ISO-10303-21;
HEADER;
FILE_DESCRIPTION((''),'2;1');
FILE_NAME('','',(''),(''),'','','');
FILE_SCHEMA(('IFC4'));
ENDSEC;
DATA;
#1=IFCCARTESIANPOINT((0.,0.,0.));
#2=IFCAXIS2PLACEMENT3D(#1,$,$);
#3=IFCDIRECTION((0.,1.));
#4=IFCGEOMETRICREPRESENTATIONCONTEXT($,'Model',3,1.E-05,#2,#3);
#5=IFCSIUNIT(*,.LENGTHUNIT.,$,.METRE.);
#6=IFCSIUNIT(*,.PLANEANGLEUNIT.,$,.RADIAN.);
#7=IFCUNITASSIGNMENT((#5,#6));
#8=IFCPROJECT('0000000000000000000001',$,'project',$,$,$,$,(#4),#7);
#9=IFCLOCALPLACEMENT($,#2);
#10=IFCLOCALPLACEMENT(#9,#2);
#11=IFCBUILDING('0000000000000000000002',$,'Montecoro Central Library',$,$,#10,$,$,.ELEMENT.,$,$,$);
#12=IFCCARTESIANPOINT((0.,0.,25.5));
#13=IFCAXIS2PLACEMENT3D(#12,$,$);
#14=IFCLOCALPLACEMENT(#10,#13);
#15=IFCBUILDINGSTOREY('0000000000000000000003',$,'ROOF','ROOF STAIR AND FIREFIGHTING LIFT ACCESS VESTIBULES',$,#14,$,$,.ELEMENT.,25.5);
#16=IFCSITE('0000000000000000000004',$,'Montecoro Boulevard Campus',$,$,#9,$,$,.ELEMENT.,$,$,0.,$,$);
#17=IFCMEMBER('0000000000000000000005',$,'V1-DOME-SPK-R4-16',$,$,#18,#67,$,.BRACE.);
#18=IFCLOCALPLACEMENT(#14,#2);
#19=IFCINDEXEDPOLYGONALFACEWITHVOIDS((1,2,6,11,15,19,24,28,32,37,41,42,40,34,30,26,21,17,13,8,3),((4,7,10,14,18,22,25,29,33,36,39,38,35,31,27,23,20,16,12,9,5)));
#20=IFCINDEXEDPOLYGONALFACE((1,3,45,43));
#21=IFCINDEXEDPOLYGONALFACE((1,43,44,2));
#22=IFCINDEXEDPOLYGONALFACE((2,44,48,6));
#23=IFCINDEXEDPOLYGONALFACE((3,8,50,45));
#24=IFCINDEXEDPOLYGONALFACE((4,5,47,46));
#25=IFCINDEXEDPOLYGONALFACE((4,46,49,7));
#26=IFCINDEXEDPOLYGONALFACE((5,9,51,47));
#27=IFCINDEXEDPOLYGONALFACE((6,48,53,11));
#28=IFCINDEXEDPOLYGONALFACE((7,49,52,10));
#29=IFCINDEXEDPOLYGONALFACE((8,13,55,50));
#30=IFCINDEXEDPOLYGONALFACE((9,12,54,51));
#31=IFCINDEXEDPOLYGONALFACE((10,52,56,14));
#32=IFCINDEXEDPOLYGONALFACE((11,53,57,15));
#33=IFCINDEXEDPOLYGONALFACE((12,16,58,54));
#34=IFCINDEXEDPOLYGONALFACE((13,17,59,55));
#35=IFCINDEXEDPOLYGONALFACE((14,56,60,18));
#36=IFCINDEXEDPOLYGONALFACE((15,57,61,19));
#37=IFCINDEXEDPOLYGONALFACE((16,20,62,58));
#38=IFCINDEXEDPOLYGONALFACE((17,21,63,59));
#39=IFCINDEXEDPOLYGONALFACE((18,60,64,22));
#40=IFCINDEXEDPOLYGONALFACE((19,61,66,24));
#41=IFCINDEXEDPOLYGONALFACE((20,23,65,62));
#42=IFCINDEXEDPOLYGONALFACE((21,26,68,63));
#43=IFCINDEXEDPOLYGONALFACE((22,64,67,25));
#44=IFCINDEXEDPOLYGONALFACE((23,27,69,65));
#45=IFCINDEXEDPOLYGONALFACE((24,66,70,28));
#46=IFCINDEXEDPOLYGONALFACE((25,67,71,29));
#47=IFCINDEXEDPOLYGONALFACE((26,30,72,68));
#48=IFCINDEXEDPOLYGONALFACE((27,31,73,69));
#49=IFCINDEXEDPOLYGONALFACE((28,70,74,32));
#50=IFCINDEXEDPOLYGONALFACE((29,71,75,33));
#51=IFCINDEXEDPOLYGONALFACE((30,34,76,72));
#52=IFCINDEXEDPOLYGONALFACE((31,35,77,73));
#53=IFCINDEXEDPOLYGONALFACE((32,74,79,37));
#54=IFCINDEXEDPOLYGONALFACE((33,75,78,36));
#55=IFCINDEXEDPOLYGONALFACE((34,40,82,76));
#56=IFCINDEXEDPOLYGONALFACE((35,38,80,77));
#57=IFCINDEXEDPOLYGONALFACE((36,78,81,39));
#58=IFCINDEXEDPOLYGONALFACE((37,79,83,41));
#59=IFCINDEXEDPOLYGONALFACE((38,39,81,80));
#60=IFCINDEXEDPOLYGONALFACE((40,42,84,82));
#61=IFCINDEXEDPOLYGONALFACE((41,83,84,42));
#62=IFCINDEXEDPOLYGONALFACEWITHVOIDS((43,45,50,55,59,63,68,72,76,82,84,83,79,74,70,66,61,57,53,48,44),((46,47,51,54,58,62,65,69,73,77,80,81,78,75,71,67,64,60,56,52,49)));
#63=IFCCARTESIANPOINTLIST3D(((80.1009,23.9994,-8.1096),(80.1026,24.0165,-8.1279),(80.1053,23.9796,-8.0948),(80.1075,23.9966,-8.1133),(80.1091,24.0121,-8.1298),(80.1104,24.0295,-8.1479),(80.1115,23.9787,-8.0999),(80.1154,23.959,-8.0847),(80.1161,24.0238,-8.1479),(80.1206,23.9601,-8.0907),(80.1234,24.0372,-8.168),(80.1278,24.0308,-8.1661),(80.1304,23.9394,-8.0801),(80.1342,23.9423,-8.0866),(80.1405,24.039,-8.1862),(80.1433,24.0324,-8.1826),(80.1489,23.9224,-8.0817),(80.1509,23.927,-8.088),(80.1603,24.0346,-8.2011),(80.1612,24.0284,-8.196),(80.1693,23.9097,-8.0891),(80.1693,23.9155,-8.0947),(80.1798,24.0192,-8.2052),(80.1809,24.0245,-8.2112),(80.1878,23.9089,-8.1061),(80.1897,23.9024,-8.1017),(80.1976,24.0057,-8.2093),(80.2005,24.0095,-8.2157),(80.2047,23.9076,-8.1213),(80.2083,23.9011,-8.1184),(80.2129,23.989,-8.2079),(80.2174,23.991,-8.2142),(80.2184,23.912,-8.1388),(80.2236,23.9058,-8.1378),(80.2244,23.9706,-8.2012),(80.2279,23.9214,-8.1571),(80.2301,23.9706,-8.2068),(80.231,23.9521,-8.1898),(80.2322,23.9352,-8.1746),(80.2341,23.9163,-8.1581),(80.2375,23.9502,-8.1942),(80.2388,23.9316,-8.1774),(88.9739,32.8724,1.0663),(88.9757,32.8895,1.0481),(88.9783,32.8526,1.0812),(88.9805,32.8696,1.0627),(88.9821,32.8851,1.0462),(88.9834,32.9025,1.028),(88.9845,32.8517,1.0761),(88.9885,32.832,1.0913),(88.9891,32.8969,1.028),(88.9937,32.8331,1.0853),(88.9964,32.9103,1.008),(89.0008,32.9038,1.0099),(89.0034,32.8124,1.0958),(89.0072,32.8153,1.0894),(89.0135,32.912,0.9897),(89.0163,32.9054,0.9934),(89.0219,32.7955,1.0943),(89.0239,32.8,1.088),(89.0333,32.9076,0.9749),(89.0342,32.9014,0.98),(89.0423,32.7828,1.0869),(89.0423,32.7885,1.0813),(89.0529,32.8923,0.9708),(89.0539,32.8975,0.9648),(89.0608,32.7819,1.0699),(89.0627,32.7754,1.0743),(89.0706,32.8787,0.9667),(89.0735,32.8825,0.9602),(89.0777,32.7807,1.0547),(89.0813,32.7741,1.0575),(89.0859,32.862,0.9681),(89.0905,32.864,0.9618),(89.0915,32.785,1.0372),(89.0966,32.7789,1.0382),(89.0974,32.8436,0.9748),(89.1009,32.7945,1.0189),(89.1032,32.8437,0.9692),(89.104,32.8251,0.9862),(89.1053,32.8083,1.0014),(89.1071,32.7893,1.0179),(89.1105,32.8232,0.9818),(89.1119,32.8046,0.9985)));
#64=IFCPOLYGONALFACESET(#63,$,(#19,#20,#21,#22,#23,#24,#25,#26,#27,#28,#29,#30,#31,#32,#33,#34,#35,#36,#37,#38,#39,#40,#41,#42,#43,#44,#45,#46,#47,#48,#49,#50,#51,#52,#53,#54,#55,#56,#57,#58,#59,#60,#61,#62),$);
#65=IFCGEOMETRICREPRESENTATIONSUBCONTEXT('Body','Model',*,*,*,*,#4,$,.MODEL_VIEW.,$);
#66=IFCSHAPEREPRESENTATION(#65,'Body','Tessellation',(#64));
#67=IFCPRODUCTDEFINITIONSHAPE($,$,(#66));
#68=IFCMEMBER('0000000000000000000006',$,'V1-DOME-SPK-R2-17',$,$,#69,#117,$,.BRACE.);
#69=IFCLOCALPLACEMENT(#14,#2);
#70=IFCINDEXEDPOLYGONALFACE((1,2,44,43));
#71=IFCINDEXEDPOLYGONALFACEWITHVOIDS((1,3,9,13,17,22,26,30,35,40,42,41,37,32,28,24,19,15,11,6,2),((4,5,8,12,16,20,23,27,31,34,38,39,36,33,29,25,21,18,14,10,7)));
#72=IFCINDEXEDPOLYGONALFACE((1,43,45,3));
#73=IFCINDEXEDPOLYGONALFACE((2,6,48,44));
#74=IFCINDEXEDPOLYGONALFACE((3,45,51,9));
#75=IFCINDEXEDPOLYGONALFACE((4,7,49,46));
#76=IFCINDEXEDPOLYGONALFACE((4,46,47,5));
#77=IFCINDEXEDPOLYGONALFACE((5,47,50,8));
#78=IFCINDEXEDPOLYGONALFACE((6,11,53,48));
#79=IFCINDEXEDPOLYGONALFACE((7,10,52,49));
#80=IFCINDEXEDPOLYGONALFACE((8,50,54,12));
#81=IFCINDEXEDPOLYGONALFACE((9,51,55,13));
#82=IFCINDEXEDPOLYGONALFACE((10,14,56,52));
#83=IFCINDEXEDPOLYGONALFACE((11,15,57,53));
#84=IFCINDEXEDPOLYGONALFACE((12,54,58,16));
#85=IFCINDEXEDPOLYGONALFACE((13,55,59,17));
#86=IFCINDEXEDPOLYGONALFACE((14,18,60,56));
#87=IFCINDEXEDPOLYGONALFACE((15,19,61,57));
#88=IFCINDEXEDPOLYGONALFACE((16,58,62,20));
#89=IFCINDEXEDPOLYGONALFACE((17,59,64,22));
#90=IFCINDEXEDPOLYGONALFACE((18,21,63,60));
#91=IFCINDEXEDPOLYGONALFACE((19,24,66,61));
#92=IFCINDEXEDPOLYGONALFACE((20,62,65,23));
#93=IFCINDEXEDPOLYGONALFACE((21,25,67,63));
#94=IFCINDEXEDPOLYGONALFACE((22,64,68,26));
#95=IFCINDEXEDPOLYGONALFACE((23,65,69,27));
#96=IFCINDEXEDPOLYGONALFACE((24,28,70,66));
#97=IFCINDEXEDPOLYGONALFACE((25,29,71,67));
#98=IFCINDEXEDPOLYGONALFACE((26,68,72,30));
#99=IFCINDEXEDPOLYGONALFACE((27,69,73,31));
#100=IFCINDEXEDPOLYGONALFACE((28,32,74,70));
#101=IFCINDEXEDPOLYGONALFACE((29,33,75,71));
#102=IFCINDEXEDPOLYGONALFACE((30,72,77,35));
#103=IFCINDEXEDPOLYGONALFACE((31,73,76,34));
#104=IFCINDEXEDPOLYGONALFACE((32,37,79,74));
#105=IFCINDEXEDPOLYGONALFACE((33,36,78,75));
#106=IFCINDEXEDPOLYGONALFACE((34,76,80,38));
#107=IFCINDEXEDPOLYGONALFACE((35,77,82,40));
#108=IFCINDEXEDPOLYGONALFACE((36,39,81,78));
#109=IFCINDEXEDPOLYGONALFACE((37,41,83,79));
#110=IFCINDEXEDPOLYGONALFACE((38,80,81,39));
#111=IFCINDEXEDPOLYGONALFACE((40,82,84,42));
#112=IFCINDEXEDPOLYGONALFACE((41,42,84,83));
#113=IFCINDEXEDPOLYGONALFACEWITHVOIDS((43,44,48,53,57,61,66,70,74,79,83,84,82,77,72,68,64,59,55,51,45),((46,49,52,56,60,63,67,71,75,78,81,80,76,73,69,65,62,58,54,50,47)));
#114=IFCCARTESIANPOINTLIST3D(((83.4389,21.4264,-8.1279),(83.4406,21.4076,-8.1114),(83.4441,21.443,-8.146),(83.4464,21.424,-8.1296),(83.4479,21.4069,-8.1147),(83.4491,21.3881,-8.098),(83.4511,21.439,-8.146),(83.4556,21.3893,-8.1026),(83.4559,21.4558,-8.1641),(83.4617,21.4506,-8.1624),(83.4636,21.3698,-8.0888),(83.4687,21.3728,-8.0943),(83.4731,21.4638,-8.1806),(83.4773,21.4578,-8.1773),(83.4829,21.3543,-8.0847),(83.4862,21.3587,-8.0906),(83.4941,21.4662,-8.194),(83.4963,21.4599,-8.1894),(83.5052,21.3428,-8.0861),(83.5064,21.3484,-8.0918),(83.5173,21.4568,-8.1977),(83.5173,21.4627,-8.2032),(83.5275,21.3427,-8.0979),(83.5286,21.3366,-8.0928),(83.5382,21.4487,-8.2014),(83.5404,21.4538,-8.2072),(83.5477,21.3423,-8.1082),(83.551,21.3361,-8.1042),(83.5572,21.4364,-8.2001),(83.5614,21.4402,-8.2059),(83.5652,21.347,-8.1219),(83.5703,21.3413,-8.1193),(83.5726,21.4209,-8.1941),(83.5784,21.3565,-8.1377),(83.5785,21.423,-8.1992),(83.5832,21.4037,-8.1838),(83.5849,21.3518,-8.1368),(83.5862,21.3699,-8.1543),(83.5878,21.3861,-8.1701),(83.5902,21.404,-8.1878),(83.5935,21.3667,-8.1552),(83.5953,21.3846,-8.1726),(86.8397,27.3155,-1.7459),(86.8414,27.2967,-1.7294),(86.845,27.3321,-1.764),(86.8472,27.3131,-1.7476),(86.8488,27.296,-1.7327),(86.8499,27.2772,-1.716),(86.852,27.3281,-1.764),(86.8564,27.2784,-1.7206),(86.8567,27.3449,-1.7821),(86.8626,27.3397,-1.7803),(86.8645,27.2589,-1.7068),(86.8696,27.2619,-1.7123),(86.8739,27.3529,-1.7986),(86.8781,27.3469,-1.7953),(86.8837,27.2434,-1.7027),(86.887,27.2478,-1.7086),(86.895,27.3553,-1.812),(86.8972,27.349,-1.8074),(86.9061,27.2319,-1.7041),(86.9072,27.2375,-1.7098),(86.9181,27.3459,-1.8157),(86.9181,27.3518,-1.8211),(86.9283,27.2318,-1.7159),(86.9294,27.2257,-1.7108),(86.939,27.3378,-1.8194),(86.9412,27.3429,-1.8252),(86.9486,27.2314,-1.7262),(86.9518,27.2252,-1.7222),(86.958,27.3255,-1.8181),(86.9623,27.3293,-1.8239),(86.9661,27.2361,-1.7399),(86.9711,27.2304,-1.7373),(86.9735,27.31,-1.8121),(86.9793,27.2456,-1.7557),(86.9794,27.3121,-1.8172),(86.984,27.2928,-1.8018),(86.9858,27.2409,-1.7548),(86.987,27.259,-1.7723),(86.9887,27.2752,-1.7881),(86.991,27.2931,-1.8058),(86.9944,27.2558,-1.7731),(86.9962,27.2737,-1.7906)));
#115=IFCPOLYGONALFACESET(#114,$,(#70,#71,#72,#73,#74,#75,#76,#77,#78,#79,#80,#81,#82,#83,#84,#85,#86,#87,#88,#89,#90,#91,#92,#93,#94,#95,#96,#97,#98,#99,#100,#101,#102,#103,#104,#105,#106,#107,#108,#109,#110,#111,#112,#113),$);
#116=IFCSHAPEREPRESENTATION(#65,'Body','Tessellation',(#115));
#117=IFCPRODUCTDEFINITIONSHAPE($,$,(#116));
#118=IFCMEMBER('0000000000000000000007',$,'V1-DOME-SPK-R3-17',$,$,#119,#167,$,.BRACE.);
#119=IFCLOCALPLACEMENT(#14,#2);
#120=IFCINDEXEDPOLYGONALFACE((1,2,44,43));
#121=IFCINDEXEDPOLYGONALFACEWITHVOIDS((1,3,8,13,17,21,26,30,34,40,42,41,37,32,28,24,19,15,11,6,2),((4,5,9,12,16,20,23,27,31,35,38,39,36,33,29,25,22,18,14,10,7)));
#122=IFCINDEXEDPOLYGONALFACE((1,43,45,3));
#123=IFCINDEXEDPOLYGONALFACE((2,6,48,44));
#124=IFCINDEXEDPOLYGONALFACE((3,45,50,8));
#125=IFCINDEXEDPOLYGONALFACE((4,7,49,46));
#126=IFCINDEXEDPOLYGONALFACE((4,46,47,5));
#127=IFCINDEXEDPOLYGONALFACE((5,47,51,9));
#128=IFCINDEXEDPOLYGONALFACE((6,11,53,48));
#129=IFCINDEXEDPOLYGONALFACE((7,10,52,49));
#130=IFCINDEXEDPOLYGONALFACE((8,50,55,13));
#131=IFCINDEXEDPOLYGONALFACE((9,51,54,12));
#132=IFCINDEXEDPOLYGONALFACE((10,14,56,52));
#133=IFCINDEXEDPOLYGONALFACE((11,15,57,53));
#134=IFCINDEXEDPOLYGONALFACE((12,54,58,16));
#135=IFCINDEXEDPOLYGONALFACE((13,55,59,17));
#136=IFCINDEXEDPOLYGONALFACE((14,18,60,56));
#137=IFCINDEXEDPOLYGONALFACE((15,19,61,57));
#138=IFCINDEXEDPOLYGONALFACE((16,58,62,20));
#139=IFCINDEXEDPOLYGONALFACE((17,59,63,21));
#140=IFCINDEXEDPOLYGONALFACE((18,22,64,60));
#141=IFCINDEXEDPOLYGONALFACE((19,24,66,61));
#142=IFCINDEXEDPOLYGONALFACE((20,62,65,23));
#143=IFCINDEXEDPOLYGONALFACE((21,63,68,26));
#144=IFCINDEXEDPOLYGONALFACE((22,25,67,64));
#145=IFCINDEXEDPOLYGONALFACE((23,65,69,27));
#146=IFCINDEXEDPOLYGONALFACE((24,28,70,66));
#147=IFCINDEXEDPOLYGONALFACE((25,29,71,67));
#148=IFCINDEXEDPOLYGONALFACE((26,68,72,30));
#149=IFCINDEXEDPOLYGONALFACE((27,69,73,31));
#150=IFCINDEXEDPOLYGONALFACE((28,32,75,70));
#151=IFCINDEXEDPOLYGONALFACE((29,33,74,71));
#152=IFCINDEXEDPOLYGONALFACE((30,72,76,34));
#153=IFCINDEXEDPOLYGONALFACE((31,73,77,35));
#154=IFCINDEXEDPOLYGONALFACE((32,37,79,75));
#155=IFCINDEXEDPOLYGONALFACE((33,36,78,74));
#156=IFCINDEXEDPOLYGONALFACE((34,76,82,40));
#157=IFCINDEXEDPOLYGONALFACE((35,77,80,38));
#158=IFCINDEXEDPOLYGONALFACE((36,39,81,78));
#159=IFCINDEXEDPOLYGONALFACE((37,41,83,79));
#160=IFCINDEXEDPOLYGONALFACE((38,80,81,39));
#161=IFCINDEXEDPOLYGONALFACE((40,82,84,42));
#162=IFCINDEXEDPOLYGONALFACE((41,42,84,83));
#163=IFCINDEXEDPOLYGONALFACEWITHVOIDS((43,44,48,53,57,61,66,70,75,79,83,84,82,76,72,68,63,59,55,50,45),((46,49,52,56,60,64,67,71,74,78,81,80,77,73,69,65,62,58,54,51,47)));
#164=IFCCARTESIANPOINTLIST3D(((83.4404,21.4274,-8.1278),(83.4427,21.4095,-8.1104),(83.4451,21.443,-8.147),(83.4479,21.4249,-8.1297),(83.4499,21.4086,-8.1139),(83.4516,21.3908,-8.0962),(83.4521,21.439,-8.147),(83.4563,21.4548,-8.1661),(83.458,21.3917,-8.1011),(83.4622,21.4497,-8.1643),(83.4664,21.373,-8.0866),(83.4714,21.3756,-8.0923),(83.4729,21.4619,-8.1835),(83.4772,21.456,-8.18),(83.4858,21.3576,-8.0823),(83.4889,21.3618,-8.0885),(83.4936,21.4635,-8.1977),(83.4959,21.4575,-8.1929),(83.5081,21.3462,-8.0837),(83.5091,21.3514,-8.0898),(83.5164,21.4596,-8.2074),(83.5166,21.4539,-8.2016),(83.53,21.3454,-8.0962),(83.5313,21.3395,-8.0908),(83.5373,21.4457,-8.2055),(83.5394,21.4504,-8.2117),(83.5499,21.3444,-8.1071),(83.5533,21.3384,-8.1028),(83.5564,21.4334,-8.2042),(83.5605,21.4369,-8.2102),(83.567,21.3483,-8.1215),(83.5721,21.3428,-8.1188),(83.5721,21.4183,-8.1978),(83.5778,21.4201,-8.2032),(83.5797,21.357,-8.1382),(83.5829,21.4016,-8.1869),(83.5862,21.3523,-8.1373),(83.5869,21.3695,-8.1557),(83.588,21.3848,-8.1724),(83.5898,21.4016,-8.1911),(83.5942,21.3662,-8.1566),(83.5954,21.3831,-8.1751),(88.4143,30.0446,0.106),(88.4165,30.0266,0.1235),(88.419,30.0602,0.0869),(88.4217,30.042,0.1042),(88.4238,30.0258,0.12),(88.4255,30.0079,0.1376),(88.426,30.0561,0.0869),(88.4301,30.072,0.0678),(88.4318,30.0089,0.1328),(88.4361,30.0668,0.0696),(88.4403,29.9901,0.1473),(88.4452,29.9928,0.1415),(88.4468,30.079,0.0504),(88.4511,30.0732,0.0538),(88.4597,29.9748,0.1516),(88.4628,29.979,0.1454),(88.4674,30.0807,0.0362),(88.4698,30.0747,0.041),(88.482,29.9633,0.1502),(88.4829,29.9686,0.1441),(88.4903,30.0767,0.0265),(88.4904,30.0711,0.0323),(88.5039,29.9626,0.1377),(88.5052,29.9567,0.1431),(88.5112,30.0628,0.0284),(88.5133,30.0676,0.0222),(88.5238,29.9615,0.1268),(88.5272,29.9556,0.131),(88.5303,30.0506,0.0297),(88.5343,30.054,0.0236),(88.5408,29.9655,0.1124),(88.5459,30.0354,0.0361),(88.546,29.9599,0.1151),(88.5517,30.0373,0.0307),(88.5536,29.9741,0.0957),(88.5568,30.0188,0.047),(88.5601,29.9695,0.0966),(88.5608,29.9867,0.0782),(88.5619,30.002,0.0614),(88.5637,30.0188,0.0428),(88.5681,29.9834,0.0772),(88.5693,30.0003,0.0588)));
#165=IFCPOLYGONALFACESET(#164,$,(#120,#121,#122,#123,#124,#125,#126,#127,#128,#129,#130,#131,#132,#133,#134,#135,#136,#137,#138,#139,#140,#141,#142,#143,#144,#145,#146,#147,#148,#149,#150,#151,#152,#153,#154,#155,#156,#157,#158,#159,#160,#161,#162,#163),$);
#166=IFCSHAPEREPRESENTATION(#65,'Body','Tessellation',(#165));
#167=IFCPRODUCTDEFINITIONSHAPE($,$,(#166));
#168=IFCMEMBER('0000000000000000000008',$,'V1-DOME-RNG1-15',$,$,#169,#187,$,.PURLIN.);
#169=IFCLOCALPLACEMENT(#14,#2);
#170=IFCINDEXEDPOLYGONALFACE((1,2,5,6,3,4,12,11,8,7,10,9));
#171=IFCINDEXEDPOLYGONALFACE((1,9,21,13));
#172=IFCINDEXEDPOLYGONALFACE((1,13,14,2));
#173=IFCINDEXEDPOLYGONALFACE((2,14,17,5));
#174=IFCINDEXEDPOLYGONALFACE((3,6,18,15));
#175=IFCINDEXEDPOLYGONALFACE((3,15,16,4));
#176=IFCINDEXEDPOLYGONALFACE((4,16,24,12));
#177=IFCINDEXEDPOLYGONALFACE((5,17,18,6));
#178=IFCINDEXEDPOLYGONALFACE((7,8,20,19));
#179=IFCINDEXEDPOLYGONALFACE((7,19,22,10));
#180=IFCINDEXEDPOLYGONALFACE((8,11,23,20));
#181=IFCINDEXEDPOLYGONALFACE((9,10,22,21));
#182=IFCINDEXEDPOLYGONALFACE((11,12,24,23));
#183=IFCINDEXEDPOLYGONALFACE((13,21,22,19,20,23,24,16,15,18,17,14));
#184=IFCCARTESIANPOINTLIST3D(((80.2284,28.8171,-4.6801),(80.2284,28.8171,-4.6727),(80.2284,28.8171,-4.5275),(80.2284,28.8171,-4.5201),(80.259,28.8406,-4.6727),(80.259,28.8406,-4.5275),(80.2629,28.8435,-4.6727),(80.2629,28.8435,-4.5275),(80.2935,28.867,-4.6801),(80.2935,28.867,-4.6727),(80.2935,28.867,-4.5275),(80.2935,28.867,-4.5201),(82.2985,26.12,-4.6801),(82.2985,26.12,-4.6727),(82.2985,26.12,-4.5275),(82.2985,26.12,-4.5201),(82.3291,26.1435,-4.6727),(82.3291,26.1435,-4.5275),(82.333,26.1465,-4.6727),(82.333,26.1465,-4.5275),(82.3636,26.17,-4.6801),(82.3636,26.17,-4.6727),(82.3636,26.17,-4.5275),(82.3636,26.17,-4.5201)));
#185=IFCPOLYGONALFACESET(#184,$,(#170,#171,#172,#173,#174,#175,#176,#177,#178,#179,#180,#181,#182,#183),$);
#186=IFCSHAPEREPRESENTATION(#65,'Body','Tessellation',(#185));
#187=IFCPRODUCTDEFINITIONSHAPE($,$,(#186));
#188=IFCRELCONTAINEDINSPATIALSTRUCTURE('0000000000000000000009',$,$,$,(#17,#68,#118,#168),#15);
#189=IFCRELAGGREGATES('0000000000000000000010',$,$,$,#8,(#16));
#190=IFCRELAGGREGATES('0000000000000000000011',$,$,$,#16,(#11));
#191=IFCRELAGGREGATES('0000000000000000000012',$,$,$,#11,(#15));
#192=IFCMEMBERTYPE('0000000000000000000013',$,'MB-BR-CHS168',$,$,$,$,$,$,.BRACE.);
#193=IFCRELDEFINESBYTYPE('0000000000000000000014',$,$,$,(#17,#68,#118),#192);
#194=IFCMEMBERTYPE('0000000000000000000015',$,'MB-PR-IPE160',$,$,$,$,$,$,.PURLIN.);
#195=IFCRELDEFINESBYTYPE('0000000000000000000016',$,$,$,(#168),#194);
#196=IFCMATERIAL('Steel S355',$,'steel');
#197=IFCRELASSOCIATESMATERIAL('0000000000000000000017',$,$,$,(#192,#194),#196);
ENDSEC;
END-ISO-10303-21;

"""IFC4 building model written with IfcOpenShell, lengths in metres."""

from ifc_helpers import new_model, si_unit, direction, frame, origin, origin_2d, place, context, subcontext, project, spatial, hollow_circle, i_section, extrude, material, material_profile, profile_set, type_object, element, save


model = new_model("IFC4")

# Units and contexts
model_context = context("Model", 3, precision=1e-05, world=origin(), true_north=direction((0.0, 1.0)))
body_context = subcontext(model_context, "Body", "Model", "MODEL_VIEW")
ifc_project = project(units=[si_unit("LENGTHUNIT", "METRE"), si_unit("PLANEANGLEUNIT", "RADIAN")], contexts=[model_context])

# Site, building, storey
site_placement = place(None, origin())
site = spatial("IfcSite", under=ifc_project, at=site_placement, Name="Montecoro Boulevard Campus", CompositionType="ELEMENT", RefElevation=0.0)
building_placement = place(site_placement, origin())
building = spatial("IfcBuilding", under=site, at=building_placement, Name="Montecoro Central Library", CompositionType="ELEMENT")
storey_placement = place(building_placement, frame((0.0, 0.0, 25.5)))
storey = spatial("IfcBuildingStorey", under=building, at=storey_placement, Name="ROOF", Description="ROOF STAIR AND FIREFIGHTING LIFT ACCESS VESTIBULES", CompositionType="ELEMENT", Elevation=25.5)

# Members
ifc_material_1 = material(Name="Steel S355", Category="steel")
ifc_material_profile_1 = material_profile(ifc_material_1, hollow_circle(Radius=0.0842, WallThickness=0.0081, at=origin_2d()), Name="CHS 168.3x8.0")
ifc_profile_set_1 = profile_set([ifc_material_profile_1], Name="Steel S355")
member_type_1 = type_object("IfcMemberType", Name="MB-BR-CHS168", PredefinedType="BRACE", material=ifc_profile_set_1)
member_1_placement = place(storey_placement, frame((80.1699, 23.97, -8.1479), z_axis=(0.570781, 0.570781, 0.59027), x_axis=(-0.707107, 0.707107, 0.0)))
element("IfcMember", 1, at=member_1_placement, inside=storey, type_object=member_type_1, Name="V1-DOME-SPK-R4-16", PredefinedType="BRACE", context=body_context, shape_type="SweptSolid", body=[
    extrude(hollow_circle(Radius=0.0842, WallThickness=0.0081, at=origin_2d()), origin(), (0.0, 0.0, 1.0), 15.5454),
])
member_2_placement = place(storey_placement, frame((83.5171, 21.4009, -8.146), z_axis=(0.364656, 0.63146, 0.684313), x_axis=(-0.865976, 0.500085, 0.0)))
element("IfcMember", 2, at=member_2_placement, inside=storey, type_object=member_type_1, Name="V1-DOME-SPK-R2-17", PredefinedType="BRACE", context=body_context, shape_type="SweptSolid", body=[
    extrude(hollow_circle(Radius=0.0842, WallThickness=0.0081, at=origin_2d()), origin(), (0.0, 0.0, 1.0), 9.3262),
])
member_3_placement = place(storey_placement, frame((83.5181, 21.4009, -8.147), z_axis=(0.38513, 0.667233, 0.637554), x_axis=(-0.86608, 0.499905, 0.0)))
element("IfcMember", 3, at=member_3_placement, inside=storey, type_object=member_type_1, Name="V1-DOME-SPK-R3-17", PredefinedType="BRACE", context=body_context, shape_type="SweptSolid", body=[
    extrude(hollow_circle(Radius=0.0842, WallThickness=0.0081, at=origin_2d()), origin(), (0.0, 0.0, 1.0), 12.9148),
])
ifc_material_profile_2 = material_profile(ifc_material_1, i_section(OverallWidth=0.082, OverallDepth=0.1599, WebThickness=0.0049, FlangeThickness=0.0073, at=origin_2d()), Name="IPE 160")
ifc_profile_set_2 = profile_set([ifc_material_profile_2], Name="Steel S355")
member_type_2 = type_object("IfcMemberType", Name="MB-PR-IPE160", PredefinedType="PURLIN", material=ifc_profile_set_2)
for number, where, z_axis, x_axis, name in (
    (4, (80.261, 28.842, -4.6001), (0.608867, -0.793272, 0.0), (0.793272, 0.608867, 0.0), "V1-DOME-RNG1-15"),
):
    element("IfcMember", number, at=place(storey_placement, frame(where, z_axis=z_axis, x_axis=x_axis)), inside=storey, type_object=member_type_2, Name=name, PredefinedType="PURLIN", context=body_context, shape_type="SweptSolid", body=[
        extrude(i_section(OverallWidth=0.082, OverallDepth=0.1599, WebThickness=0.0049, FlangeThickness=0.0073, at=origin_2d()), origin(), (0.0, 0.0, 1.0), 3.3999),
    ])

save(model, "model.ifc")
